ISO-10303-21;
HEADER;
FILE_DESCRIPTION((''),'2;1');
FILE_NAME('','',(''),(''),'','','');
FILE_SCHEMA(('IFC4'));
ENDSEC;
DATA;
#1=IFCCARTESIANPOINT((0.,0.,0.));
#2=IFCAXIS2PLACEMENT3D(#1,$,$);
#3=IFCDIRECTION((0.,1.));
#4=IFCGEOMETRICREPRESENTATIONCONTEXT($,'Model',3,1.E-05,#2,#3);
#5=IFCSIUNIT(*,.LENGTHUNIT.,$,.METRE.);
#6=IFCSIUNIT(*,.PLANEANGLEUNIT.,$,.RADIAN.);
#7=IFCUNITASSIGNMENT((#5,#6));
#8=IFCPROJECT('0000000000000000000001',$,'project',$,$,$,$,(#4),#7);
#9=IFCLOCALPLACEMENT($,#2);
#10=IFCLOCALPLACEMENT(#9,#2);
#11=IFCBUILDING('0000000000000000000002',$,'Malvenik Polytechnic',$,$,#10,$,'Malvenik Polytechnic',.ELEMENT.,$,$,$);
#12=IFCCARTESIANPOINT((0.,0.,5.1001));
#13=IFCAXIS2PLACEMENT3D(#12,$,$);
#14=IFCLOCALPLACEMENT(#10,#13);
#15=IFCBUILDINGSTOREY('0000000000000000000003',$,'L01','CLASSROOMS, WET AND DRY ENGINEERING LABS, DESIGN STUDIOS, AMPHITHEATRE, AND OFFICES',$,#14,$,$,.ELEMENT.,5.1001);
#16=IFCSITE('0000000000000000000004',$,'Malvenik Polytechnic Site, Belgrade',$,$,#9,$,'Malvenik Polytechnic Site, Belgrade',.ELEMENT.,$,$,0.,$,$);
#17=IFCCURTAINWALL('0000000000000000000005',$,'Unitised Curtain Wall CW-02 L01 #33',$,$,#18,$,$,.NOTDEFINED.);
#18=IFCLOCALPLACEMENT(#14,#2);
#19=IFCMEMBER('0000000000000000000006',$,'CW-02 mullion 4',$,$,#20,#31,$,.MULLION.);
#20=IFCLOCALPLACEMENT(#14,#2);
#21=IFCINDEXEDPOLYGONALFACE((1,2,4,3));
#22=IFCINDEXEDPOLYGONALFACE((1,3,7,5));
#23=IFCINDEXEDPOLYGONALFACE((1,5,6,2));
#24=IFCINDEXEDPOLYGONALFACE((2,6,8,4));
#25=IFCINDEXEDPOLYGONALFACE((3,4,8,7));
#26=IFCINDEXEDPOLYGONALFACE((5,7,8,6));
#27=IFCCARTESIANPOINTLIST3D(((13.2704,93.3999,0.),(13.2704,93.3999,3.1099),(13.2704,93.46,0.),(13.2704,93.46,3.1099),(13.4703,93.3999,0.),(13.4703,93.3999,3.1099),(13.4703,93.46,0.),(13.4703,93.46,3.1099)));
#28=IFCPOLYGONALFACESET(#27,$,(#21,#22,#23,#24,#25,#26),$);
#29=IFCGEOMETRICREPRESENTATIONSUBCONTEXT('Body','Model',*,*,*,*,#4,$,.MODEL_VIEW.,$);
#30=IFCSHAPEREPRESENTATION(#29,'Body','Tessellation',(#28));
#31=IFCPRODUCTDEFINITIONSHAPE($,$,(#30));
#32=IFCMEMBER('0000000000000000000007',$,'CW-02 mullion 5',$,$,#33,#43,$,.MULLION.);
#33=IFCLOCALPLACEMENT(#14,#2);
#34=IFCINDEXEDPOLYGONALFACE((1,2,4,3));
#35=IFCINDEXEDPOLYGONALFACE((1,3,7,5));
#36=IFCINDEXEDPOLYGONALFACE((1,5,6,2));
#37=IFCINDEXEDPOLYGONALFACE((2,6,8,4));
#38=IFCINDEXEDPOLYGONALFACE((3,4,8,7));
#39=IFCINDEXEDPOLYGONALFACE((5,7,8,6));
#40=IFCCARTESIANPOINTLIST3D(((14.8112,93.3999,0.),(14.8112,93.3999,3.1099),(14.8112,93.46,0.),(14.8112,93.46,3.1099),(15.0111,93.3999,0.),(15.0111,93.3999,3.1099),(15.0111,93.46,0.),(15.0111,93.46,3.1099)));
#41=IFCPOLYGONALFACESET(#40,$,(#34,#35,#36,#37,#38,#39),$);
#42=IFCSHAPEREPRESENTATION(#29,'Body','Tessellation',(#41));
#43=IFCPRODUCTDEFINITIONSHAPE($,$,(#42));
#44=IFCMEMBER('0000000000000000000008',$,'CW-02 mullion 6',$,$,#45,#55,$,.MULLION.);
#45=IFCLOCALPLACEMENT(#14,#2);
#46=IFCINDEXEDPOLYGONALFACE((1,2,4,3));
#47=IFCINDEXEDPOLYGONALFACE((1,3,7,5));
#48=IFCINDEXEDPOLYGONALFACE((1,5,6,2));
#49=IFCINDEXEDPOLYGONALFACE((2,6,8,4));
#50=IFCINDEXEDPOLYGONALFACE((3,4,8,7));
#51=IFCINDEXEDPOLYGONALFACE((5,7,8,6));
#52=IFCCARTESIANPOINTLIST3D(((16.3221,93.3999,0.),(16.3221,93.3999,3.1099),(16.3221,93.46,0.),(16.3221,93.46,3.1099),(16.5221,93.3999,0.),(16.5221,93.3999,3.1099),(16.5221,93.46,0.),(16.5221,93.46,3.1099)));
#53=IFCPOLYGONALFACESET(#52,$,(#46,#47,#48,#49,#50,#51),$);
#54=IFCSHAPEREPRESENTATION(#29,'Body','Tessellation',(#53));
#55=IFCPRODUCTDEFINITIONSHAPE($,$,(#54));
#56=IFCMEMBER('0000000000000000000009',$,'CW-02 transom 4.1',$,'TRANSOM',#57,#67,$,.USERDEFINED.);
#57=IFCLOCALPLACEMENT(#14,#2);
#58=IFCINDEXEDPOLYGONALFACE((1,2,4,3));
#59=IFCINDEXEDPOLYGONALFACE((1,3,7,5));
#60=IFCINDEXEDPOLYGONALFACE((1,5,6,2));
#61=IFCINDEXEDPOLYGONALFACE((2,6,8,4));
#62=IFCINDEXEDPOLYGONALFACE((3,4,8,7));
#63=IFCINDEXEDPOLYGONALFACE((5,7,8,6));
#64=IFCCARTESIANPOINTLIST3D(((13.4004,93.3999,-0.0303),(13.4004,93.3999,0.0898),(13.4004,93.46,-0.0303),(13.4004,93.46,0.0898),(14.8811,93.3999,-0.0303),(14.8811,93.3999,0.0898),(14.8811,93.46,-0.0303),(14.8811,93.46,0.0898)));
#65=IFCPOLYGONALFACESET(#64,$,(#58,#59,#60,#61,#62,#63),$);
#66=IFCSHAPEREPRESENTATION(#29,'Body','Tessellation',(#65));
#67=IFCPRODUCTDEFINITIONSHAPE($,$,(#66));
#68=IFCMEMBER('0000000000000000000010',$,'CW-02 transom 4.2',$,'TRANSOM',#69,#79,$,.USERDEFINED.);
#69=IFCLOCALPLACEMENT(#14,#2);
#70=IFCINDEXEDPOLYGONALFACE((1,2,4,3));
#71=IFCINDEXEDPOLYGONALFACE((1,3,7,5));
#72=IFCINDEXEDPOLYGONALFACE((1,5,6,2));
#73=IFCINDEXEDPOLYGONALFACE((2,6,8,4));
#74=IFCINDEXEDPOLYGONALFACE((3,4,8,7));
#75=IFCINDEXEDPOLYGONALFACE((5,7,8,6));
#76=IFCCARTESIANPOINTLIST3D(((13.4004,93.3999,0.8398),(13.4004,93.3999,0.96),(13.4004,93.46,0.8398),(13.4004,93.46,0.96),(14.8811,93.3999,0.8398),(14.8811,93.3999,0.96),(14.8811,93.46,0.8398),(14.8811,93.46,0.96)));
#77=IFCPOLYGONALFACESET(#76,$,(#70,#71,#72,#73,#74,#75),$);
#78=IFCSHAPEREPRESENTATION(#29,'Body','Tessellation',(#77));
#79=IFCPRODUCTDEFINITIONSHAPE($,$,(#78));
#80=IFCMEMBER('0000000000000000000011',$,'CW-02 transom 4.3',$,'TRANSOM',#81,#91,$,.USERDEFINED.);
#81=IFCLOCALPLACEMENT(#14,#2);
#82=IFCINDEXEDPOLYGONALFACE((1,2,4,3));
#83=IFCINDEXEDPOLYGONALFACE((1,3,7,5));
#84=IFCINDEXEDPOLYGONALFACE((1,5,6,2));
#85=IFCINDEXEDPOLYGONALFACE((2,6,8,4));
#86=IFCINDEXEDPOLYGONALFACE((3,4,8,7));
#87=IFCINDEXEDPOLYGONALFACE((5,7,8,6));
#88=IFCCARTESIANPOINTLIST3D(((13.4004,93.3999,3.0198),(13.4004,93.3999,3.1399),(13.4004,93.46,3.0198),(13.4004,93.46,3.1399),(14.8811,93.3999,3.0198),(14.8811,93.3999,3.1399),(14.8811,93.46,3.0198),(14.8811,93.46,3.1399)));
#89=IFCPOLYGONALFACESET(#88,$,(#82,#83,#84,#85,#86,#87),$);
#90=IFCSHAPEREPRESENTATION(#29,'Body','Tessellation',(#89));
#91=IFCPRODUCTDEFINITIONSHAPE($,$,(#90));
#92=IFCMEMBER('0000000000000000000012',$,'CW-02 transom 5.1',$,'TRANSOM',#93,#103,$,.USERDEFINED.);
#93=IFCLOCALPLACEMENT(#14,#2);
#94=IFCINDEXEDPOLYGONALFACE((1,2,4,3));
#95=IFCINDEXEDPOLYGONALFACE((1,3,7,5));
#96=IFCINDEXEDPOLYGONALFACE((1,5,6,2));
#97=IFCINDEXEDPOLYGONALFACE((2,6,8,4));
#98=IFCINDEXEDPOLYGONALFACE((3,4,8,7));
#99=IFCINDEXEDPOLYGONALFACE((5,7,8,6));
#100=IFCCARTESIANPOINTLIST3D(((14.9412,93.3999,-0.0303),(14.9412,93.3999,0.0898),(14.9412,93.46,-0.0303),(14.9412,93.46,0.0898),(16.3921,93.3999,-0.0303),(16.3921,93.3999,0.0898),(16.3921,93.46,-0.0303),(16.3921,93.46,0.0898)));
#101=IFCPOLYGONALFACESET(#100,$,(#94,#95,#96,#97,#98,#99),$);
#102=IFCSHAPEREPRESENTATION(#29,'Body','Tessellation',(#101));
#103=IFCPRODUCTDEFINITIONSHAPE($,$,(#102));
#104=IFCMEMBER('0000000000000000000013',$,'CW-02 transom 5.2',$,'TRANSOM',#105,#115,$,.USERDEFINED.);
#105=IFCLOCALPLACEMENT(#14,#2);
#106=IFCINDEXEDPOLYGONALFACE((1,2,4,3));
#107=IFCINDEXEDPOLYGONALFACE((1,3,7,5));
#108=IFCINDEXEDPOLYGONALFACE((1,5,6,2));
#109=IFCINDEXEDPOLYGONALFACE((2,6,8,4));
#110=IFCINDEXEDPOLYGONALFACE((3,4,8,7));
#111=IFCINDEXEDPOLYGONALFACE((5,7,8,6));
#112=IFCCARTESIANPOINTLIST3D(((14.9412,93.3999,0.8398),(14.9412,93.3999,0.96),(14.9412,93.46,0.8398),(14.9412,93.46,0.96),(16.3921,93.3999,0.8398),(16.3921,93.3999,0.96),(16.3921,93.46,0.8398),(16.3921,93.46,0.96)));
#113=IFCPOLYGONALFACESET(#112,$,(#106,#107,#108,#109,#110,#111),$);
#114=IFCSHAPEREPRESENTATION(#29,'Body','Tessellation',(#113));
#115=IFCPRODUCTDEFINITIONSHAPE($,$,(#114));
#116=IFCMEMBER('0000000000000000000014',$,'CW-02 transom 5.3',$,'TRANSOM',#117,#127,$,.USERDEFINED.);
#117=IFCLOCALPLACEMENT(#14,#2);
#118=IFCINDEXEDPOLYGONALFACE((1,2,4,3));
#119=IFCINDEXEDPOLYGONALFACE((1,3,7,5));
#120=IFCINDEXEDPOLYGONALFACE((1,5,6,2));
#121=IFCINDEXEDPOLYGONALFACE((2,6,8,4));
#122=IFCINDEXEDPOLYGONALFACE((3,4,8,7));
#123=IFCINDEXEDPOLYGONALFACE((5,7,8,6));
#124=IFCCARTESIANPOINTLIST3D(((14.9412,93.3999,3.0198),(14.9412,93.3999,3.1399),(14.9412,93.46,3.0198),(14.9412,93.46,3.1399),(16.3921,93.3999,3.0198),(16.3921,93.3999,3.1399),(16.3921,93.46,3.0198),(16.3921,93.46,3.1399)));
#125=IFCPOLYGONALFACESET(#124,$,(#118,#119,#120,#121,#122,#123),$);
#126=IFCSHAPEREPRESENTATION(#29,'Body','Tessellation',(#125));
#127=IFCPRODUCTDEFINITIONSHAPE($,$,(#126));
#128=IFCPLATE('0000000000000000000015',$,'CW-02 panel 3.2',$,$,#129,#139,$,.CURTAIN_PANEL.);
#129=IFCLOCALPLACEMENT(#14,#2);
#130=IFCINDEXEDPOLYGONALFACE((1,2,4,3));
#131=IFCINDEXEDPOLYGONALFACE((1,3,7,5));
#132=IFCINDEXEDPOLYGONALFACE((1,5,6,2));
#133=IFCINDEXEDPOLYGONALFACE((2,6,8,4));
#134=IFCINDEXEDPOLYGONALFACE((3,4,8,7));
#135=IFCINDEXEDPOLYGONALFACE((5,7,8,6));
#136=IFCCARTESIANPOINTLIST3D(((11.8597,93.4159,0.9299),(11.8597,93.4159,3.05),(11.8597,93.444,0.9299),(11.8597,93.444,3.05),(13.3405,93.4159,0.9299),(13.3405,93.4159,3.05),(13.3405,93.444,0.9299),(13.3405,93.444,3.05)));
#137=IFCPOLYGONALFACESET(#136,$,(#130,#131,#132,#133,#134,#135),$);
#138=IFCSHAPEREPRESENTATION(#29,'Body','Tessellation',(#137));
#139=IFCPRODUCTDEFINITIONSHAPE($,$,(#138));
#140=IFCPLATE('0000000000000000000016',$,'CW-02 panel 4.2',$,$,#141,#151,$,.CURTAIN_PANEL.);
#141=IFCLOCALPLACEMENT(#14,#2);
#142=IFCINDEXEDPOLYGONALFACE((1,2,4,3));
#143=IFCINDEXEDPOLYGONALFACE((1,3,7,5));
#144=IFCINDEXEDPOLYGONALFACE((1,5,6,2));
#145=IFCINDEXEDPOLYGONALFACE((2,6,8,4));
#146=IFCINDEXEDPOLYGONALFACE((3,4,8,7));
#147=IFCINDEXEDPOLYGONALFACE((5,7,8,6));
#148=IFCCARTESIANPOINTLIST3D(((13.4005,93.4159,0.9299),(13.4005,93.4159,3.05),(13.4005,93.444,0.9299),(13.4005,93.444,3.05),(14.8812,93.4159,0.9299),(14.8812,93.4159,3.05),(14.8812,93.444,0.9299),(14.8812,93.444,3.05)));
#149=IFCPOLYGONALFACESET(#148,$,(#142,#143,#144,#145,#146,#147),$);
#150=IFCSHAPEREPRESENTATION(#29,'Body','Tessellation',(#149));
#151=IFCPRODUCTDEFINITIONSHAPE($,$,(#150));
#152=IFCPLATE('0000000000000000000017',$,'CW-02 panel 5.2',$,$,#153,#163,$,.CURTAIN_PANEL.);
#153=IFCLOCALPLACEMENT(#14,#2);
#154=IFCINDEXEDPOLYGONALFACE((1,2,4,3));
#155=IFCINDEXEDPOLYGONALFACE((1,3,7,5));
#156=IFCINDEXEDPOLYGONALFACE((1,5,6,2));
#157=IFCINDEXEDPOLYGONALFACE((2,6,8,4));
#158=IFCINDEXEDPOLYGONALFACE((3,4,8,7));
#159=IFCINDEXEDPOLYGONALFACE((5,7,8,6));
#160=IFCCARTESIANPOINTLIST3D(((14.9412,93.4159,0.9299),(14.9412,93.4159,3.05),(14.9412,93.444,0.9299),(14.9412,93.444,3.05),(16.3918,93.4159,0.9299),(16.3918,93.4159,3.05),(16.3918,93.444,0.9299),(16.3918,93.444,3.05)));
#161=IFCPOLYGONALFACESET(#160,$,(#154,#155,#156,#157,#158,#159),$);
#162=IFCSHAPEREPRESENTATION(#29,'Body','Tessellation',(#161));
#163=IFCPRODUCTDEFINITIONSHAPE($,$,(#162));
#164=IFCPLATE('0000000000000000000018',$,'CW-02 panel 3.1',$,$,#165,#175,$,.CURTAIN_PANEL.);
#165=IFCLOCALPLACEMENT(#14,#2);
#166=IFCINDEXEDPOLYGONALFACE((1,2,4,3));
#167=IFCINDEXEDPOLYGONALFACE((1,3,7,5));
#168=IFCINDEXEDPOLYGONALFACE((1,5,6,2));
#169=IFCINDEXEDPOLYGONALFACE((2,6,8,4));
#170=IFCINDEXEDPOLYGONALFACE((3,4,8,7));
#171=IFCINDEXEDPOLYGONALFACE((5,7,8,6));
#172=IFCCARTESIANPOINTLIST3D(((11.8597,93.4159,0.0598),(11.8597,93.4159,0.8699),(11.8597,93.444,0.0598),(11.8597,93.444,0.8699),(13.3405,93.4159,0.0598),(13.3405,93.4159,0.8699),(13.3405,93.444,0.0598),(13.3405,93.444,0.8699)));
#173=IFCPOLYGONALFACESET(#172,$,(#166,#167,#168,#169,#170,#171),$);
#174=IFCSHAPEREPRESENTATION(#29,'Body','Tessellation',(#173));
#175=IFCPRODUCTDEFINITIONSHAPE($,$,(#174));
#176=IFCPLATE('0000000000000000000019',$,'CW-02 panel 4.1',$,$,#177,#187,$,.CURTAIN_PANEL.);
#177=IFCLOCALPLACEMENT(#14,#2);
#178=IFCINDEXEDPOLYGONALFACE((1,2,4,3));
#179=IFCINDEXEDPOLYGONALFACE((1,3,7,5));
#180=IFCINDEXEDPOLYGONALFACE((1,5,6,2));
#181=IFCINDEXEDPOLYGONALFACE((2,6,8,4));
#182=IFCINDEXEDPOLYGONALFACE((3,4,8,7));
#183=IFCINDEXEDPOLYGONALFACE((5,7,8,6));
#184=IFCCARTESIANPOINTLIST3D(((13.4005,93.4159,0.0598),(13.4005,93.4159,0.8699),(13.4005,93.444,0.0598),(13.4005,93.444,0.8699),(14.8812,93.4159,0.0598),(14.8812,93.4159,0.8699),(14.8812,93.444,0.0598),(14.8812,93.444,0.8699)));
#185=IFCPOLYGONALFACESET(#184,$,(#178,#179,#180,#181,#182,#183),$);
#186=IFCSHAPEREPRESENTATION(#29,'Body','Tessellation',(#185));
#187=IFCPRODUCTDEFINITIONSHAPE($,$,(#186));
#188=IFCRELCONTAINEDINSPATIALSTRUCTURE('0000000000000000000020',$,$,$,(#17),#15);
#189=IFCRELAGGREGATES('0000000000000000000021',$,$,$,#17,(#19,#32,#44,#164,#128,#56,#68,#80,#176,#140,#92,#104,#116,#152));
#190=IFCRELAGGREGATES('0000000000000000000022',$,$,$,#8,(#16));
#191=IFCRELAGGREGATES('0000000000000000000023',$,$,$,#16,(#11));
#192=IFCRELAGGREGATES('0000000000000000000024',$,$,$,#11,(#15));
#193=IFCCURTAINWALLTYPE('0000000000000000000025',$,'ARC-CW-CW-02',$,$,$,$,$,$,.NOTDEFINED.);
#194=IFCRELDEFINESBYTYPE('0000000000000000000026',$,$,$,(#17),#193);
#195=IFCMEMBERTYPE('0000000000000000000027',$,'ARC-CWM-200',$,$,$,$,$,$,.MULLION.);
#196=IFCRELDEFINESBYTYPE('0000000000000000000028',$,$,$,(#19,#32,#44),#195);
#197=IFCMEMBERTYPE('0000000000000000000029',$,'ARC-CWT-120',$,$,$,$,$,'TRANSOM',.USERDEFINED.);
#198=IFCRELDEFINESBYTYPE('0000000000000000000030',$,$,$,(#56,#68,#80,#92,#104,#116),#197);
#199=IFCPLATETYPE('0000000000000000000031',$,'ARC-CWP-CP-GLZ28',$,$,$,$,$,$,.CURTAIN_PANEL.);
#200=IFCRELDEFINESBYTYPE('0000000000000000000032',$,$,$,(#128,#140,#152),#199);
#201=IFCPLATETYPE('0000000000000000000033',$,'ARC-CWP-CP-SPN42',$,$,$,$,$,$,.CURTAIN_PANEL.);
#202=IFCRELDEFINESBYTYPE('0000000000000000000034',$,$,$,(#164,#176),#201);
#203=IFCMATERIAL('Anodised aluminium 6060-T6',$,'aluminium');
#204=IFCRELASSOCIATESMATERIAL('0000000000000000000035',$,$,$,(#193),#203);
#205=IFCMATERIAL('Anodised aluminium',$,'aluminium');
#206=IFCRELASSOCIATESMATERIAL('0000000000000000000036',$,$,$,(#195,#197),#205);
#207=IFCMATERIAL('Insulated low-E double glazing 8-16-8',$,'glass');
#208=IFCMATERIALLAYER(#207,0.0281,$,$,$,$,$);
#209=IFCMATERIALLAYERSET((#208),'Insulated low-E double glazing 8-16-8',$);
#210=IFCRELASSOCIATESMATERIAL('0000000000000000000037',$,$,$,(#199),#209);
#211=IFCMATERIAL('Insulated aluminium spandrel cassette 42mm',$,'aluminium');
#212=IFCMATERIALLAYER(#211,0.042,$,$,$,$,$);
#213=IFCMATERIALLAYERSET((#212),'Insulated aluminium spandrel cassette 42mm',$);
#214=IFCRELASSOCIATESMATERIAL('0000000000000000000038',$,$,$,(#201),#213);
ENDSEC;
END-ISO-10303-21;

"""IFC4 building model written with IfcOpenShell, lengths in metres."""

from ifc_helpers import new_model, si_unit, direction, frame, origin, origin_2d, place, context, subcontext, project, spatial, rectangle, extrude, material, layer, layer_set, material_profile, profile_set, type_object, element, aggregate, save


model = new_model("IFC4")

# Units and contexts
model_context = context("Model", 3, precision=1e-05, world=origin(), true_north=direction((0.0, 1.0)))
body_context = subcontext(model_context, "Body", "Model", "MODEL_VIEW")
ifc_project = project(units=[si_unit("LENGTHUNIT", "METRE"), si_unit("PLANEANGLEUNIT", "RADIAN")], contexts=[model_context])

# Site, building, storey
site_placement = place(None, origin())
site = spatial("IfcSite", under=ifc_project, at=site_placement, Name="Malvenik Polytechnic Site, Belgrade", LongName="Malvenik Polytechnic Site, Belgrade", CompositionType="ELEMENT", RefElevation=0.0)
building_placement = place(site_placement, origin())
building = spatial("IfcBuilding", under=site, at=building_placement, Name="Malvenik Polytechnic", LongName="Malvenik Polytechnic", CompositionType="ELEMENT")
storey_placement = place(building_placement, frame((0.0, 0.0, 5.1001)))
storey = spatial("IfcBuildingStorey", under=building, at=storey_placement, Name="L01", Description="CLASSROOMS, WET AND DRY ENGINEERING LABS, DESIGN STUDIOS, AMPHITHEATRE, AND OFFICES", CompositionType="ELEMENT", Elevation=5.1001)

# Curtain wall, members, plates
ifc_material_1 = material(Name="Anodised aluminium 6060-T6", Category="aluminium")
curtain_wall_type = type_object("IfcCurtainWallType", Name="ARC-CW-CW-02", PredefinedType="NOTDEFINED", material=ifc_material_1)
curtain_wall_placement = place(storey_placement, origin())
curtain_wall = element("IfcCurtainWall", 1, at=curtain_wall_placement, inside=storey, type_object=curtain_wall_type, Name="Unitised Curtain Wall CW-02 L01 #33", PredefinedType="NOTDEFINED")
ifc_material_2 = material(Name="Anodised aluminium", Category="aluminium")
ifc_material_profile_1 = material_profile(ifc_material_2, rectangle(XDim=0.0601, YDim=0.2, at=origin_2d()), Name="ALU MULLION 60x200")
ifc_profile_set_1 = profile_set([ifc_material_profile_1], Name="Anodised aluminium")
member_type_1 = type_object("IfcMemberType", Name="ARC-CWM-200", PredefinedType="MULLION", material=ifc_profile_set_1)
member_1_placement = place(storey_placement, frame((13.3704, 93.4299, 0.0), z_axis=(0.0, 0.0, 1.0), x_axis=(0.0, 1.0, 0.0)))
member_1 = element("IfcMember", 2, at=member_1_placement, type_object=member_type_1, Name="CW-02 mullion 4", PredefinedType="MULLION", context=body_context, shape_type="SweptSolid", body=[
    extrude(rectangle(XDim=0.0601, YDim=0.2, at=origin_2d()), origin(), (0.0, 0.0, 1.0), 3.1099),
])
member_2_placement = place(storey_placement, frame((14.9111, 93.4299, 0.0), z_axis=(0.0, 0.0, 1.0), x_axis=(0.0, 1.0, 0.0)))
member_2 = element("IfcMember", 3, at=member_2_placement, type_object=member_type_1, Name="CW-02 mullion 5", PredefinedType="MULLION", context=body_context, shape_type="SweptSolid", body=[
    extrude(rectangle(XDim=0.0601, YDim=0.2, at=origin_2d()), origin(), (0.0, 0.0, 1.0), 3.1099),
])
member_3_placement = place(storey_placement, frame((16.4221, 93.4299, 0.0), z_axis=(0.0, 0.0, 1.0), x_axis=(0.0, 1.0, 0.0)))
member_3 = element("IfcMember", 4, at=member_3_placement, type_object=member_type_1, Name="CW-02 mullion 6", PredefinedType="MULLION", context=body_context, shape_type="SweptSolid", body=[
    extrude(rectangle(XDim=0.0601, YDim=0.2, at=origin_2d()), origin(), (0.0, 0.0, 1.0), 3.1099),
])
ifc_material_profile_2 = material_profile(ifc_material_2, rectangle(XDim=0.0601, YDim=0.1201, at=origin_2d()), Name="ALU TRANSOM 60x120")
ifc_profile_set_2 = profile_set([ifc_material_profile_2], Name="Anodised aluminium")
member_type_2 = type_object("IfcMemberType", Name="ARC-CWT-120", ElementType="TRANSOM", PredefinedType="USERDEFINED", material=ifc_profile_set_2)
member_4_placement = place(storey_placement, frame((13.4004, 93.4299, 0.0298), z_axis=(1.0, 0.0, 0.0), x_axis=(0.0, 1.0, 0.0)))
member_4 = element("IfcMember", 5, at=member_4_placement, type_object=member_type_2, Name="CW-02 transom 4.1", ObjectType="TRANSOM", PredefinedType="USERDEFINED", context=body_context, shape_type="SweptSolid", body=[
    extrude(rectangle(XDim=0.0601, YDim=0.1201, at=origin_2d()), origin(), (0.0, 0.0, 1.0), 1.4807),
])
member_5_placement = place(storey_placement, frame((13.4004, 93.4299, 0.8999), z_axis=(1.0, 0.0, 0.0), x_axis=(0.0, 1.0, 0.0)))
member_5 = element("IfcMember", 6, at=member_5_placement, type_object=member_type_2, Name="CW-02 transom 4.2", ObjectType="TRANSOM", PredefinedType="USERDEFINED", context=body_context, shape_type="SweptSolid", body=[
    extrude(rectangle(XDim=0.0601, YDim=0.1201, at=origin_2d()), origin(), (0.0, 0.0, 1.0), 1.4807),
])
member_6_placement = place(storey_placement, frame((13.4004, 93.4299, 3.0798), z_axis=(1.0, 0.0, 0.0), x_axis=(0.0, 1.0, 0.0)))
member_6 = element("IfcMember", 7, at=member_6_placement, type_object=member_type_2, Name="CW-02 transom 4.3", ObjectType="TRANSOM", PredefinedType="USERDEFINED", context=body_context, shape_type="SweptSolid", body=[
    extrude(rectangle(XDim=0.0601, YDim=0.1201, at=origin_2d()), origin(), (0.0, 0.0, 1.0), 1.4807),
])
member_7_placement = place(storey_placement, frame((14.9412, 93.4299, 0.0298), z_axis=(1.0, 0.0, 0.0), x_axis=(0.0, 1.0, 0.0)))
member_7 = element("IfcMember", 8, at=member_7_placement, type_object=member_type_2, Name="CW-02 transom 5.1", ObjectType="TRANSOM", PredefinedType="USERDEFINED", context=body_context, shape_type="SweptSolid", body=[
    extrude(rectangle(XDim=0.0601, YDim=0.1201, at=origin_2d()), origin(), (0.0, 0.0, 1.0), 1.4509),
])
member_8_placement = place(storey_placement, frame((14.9412, 93.4299, 0.8999), z_axis=(1.0, 0.0, 0.0), x_axis=(0.0, 1.0, 0.0)))
member_8 = element("IfcMember", 9, at=member_8_placement, type_object=member_type_2, Name="CW-02 transom 5.2", ObjectType="TRANSOM", PredefinedType="USERDEFINED", context=body_context, shape_type="SweptSolid", body=[
    extrude(rectangle(XDim=0.0601, YDim=0.1201, at=origin_2d()), origin(), (0.0, 0.0, 1.0), 1.4509),
])
member_9_placement = place(storey_placement, frame((14.9412, 93.4299, 3.0798), z_axis=(1.0, 0.0, 0.0), x_axis=(0.0, 1.0, 0.0)))
member_9 = element("IfcMember", 10, at=member_9_placement, type_object=member_type_2, Name="CW-02 transom 5.3", ObjectType="TRANSOM", PredefinedType="USERDEFINED", context=body_context, shape_type="SweptSolid", body=[
    extrude(rectangle(XDim=0.0601, YDim=0.1201, at=origin_2d()), origin(), (0.0, 0.0, 1.0), 1.4509),
])
ifc_material_3 = material(Name="Insulated low-E double glazing 8-16-8", Category="glass")
ifc_layer_1 = layer(ifc_material_3, 0.0281)
ifc_layer_set_1 = layer_set([ifc_layer_1], Name="Insulated low-E double glazing 8-16-8")
plate_type_1 = type_object("IfcPlateType", Name="ARC-CWP-CP-GLZ28", PredefinedType="CURTAIN_PANEL", material=ifc_layer_set_1)
plate_1_placement = place(storey_placement, frame((12.6001, 93.4299, 0.9299), z_axis=(0.0, 0.0, 1.0), x_axis=(1.0, 0.0, 0.0)))
plate_1 = element("IfcPlate", 11, at=plate_1_placement, type_object=plate_type_1, Name="CW-02 panel 3.2", PredefinedType="CURTAIN_PANEL", context=body_context, shape_type="SweptSolid", body=[
    extrude(rectangle(XDim=1.4807, YDim=0.0281, at=origin_2d()), origin(), (0.0, 0.0, 1.0), 2.1201),
])
plate_2_placement = place(storey_placement, frame((14.1409, 93.4299, 0.9299), z_axis=(0.0, 0.0, 1.0), x_axis=(1.0, 0.0, 0.0)))
plate_2 = element("IfcPlate", 12, at=plate_2_placement, type_object=plate_type_1, Name="CW-02 panel 4.2", PredefinedType="CURTAIN_PANEL", context=body_context, shape_type="SweptSolid", body=[
    extrude(rectangle(XDim=1.4807, YDim=0.0281, at=origin_2d()), origin(), (0.0, 0.0, 1.0), 2.1201),
])
plate_3_placement = place(storey_placement, frame((15.6665, 93.4299, 0.9299), z_axis=(0.0, 0.0, 1.0), x_axis=(1.0, 0.0, 0.0)))
plate_3 = element("IfcPlate", 13, at=plate_3_placement, type_object=plate_type_1, Name="CW-02 panel 5.2", PredefinedType="CURTAIN_PANEL", context=body_context, shape_type="SweptSolid", body=[
    extrude(rectangle(XDim=1.4507, YDim=0.0281, at=origin_2d()), origin(), (0.0, 0.0, 1.0), 2.1201),
])
ifc_material_4 = material(Name="Insulated aluminium spandrel cassette 42mm", Category="aluminium")
ifc_layer_2 = layer(ifc_material_4, 0.042)
ifc_layer_set_2 = layer_set([ifc_layer_2], Name="Insulated aluminium spandrel cassette 42mm")
plate_type_2 = type_object("IfcPlateType", Name="ARC-CWP-CP-SPN42", PredefinedType="CURTAIN_PANEL", material=ifc_layer_set_2)
plate_4_placement = place(storey_placement, frame((12.6001, 93.4299, 0.0598), z_axis=(0.0, 0.0, 1.0), x_axis=(1.0, 0.0, 0.0)))
plate_4 = element("IfcPlate", 14, at=plate_4_placement, type_object=plate_type_2, Name="CW-02 panel 3.1", PredefinedType="CURTAIN_PANEL", context=body_context, shape_type="SweptSolid", body=[
    extrude(rectangle(XDim=1.4807, YDim=0.0281, at=origin_2d()), origin(), (0.0, 0.0, 1.0), 0.8101),
])
plate_5_placement = place(storey_placement, frame((14.1409, 93.4299, 0.0598), z_axis=(0.0, 0.0, 1.0), x_axis=(1.0, 0.0, 0.0)))
plate_5 = element("IfcPlate", 15, at=plate_5_placement, type_object=plate_type_2, Name="CW-02 panel 4.1", PredefinedType="CURTAIN_PANEL", context=body_context, shape_type="SweptSolid", body=[
    extrude(rectangle(XDim=1.4807, YDim=0.0281, at=origin_2d()), origin(), (0.0, 0.0, 1.0), 0.8101),
])
aggregate(curtain_wall, [member_1, member_2, member_3, plate_4, plate_1, member_4, member_5, member_6, plate_5, plate_2, member_7, member_8, member_9, plate_3])

save(model, "model.ifc")
